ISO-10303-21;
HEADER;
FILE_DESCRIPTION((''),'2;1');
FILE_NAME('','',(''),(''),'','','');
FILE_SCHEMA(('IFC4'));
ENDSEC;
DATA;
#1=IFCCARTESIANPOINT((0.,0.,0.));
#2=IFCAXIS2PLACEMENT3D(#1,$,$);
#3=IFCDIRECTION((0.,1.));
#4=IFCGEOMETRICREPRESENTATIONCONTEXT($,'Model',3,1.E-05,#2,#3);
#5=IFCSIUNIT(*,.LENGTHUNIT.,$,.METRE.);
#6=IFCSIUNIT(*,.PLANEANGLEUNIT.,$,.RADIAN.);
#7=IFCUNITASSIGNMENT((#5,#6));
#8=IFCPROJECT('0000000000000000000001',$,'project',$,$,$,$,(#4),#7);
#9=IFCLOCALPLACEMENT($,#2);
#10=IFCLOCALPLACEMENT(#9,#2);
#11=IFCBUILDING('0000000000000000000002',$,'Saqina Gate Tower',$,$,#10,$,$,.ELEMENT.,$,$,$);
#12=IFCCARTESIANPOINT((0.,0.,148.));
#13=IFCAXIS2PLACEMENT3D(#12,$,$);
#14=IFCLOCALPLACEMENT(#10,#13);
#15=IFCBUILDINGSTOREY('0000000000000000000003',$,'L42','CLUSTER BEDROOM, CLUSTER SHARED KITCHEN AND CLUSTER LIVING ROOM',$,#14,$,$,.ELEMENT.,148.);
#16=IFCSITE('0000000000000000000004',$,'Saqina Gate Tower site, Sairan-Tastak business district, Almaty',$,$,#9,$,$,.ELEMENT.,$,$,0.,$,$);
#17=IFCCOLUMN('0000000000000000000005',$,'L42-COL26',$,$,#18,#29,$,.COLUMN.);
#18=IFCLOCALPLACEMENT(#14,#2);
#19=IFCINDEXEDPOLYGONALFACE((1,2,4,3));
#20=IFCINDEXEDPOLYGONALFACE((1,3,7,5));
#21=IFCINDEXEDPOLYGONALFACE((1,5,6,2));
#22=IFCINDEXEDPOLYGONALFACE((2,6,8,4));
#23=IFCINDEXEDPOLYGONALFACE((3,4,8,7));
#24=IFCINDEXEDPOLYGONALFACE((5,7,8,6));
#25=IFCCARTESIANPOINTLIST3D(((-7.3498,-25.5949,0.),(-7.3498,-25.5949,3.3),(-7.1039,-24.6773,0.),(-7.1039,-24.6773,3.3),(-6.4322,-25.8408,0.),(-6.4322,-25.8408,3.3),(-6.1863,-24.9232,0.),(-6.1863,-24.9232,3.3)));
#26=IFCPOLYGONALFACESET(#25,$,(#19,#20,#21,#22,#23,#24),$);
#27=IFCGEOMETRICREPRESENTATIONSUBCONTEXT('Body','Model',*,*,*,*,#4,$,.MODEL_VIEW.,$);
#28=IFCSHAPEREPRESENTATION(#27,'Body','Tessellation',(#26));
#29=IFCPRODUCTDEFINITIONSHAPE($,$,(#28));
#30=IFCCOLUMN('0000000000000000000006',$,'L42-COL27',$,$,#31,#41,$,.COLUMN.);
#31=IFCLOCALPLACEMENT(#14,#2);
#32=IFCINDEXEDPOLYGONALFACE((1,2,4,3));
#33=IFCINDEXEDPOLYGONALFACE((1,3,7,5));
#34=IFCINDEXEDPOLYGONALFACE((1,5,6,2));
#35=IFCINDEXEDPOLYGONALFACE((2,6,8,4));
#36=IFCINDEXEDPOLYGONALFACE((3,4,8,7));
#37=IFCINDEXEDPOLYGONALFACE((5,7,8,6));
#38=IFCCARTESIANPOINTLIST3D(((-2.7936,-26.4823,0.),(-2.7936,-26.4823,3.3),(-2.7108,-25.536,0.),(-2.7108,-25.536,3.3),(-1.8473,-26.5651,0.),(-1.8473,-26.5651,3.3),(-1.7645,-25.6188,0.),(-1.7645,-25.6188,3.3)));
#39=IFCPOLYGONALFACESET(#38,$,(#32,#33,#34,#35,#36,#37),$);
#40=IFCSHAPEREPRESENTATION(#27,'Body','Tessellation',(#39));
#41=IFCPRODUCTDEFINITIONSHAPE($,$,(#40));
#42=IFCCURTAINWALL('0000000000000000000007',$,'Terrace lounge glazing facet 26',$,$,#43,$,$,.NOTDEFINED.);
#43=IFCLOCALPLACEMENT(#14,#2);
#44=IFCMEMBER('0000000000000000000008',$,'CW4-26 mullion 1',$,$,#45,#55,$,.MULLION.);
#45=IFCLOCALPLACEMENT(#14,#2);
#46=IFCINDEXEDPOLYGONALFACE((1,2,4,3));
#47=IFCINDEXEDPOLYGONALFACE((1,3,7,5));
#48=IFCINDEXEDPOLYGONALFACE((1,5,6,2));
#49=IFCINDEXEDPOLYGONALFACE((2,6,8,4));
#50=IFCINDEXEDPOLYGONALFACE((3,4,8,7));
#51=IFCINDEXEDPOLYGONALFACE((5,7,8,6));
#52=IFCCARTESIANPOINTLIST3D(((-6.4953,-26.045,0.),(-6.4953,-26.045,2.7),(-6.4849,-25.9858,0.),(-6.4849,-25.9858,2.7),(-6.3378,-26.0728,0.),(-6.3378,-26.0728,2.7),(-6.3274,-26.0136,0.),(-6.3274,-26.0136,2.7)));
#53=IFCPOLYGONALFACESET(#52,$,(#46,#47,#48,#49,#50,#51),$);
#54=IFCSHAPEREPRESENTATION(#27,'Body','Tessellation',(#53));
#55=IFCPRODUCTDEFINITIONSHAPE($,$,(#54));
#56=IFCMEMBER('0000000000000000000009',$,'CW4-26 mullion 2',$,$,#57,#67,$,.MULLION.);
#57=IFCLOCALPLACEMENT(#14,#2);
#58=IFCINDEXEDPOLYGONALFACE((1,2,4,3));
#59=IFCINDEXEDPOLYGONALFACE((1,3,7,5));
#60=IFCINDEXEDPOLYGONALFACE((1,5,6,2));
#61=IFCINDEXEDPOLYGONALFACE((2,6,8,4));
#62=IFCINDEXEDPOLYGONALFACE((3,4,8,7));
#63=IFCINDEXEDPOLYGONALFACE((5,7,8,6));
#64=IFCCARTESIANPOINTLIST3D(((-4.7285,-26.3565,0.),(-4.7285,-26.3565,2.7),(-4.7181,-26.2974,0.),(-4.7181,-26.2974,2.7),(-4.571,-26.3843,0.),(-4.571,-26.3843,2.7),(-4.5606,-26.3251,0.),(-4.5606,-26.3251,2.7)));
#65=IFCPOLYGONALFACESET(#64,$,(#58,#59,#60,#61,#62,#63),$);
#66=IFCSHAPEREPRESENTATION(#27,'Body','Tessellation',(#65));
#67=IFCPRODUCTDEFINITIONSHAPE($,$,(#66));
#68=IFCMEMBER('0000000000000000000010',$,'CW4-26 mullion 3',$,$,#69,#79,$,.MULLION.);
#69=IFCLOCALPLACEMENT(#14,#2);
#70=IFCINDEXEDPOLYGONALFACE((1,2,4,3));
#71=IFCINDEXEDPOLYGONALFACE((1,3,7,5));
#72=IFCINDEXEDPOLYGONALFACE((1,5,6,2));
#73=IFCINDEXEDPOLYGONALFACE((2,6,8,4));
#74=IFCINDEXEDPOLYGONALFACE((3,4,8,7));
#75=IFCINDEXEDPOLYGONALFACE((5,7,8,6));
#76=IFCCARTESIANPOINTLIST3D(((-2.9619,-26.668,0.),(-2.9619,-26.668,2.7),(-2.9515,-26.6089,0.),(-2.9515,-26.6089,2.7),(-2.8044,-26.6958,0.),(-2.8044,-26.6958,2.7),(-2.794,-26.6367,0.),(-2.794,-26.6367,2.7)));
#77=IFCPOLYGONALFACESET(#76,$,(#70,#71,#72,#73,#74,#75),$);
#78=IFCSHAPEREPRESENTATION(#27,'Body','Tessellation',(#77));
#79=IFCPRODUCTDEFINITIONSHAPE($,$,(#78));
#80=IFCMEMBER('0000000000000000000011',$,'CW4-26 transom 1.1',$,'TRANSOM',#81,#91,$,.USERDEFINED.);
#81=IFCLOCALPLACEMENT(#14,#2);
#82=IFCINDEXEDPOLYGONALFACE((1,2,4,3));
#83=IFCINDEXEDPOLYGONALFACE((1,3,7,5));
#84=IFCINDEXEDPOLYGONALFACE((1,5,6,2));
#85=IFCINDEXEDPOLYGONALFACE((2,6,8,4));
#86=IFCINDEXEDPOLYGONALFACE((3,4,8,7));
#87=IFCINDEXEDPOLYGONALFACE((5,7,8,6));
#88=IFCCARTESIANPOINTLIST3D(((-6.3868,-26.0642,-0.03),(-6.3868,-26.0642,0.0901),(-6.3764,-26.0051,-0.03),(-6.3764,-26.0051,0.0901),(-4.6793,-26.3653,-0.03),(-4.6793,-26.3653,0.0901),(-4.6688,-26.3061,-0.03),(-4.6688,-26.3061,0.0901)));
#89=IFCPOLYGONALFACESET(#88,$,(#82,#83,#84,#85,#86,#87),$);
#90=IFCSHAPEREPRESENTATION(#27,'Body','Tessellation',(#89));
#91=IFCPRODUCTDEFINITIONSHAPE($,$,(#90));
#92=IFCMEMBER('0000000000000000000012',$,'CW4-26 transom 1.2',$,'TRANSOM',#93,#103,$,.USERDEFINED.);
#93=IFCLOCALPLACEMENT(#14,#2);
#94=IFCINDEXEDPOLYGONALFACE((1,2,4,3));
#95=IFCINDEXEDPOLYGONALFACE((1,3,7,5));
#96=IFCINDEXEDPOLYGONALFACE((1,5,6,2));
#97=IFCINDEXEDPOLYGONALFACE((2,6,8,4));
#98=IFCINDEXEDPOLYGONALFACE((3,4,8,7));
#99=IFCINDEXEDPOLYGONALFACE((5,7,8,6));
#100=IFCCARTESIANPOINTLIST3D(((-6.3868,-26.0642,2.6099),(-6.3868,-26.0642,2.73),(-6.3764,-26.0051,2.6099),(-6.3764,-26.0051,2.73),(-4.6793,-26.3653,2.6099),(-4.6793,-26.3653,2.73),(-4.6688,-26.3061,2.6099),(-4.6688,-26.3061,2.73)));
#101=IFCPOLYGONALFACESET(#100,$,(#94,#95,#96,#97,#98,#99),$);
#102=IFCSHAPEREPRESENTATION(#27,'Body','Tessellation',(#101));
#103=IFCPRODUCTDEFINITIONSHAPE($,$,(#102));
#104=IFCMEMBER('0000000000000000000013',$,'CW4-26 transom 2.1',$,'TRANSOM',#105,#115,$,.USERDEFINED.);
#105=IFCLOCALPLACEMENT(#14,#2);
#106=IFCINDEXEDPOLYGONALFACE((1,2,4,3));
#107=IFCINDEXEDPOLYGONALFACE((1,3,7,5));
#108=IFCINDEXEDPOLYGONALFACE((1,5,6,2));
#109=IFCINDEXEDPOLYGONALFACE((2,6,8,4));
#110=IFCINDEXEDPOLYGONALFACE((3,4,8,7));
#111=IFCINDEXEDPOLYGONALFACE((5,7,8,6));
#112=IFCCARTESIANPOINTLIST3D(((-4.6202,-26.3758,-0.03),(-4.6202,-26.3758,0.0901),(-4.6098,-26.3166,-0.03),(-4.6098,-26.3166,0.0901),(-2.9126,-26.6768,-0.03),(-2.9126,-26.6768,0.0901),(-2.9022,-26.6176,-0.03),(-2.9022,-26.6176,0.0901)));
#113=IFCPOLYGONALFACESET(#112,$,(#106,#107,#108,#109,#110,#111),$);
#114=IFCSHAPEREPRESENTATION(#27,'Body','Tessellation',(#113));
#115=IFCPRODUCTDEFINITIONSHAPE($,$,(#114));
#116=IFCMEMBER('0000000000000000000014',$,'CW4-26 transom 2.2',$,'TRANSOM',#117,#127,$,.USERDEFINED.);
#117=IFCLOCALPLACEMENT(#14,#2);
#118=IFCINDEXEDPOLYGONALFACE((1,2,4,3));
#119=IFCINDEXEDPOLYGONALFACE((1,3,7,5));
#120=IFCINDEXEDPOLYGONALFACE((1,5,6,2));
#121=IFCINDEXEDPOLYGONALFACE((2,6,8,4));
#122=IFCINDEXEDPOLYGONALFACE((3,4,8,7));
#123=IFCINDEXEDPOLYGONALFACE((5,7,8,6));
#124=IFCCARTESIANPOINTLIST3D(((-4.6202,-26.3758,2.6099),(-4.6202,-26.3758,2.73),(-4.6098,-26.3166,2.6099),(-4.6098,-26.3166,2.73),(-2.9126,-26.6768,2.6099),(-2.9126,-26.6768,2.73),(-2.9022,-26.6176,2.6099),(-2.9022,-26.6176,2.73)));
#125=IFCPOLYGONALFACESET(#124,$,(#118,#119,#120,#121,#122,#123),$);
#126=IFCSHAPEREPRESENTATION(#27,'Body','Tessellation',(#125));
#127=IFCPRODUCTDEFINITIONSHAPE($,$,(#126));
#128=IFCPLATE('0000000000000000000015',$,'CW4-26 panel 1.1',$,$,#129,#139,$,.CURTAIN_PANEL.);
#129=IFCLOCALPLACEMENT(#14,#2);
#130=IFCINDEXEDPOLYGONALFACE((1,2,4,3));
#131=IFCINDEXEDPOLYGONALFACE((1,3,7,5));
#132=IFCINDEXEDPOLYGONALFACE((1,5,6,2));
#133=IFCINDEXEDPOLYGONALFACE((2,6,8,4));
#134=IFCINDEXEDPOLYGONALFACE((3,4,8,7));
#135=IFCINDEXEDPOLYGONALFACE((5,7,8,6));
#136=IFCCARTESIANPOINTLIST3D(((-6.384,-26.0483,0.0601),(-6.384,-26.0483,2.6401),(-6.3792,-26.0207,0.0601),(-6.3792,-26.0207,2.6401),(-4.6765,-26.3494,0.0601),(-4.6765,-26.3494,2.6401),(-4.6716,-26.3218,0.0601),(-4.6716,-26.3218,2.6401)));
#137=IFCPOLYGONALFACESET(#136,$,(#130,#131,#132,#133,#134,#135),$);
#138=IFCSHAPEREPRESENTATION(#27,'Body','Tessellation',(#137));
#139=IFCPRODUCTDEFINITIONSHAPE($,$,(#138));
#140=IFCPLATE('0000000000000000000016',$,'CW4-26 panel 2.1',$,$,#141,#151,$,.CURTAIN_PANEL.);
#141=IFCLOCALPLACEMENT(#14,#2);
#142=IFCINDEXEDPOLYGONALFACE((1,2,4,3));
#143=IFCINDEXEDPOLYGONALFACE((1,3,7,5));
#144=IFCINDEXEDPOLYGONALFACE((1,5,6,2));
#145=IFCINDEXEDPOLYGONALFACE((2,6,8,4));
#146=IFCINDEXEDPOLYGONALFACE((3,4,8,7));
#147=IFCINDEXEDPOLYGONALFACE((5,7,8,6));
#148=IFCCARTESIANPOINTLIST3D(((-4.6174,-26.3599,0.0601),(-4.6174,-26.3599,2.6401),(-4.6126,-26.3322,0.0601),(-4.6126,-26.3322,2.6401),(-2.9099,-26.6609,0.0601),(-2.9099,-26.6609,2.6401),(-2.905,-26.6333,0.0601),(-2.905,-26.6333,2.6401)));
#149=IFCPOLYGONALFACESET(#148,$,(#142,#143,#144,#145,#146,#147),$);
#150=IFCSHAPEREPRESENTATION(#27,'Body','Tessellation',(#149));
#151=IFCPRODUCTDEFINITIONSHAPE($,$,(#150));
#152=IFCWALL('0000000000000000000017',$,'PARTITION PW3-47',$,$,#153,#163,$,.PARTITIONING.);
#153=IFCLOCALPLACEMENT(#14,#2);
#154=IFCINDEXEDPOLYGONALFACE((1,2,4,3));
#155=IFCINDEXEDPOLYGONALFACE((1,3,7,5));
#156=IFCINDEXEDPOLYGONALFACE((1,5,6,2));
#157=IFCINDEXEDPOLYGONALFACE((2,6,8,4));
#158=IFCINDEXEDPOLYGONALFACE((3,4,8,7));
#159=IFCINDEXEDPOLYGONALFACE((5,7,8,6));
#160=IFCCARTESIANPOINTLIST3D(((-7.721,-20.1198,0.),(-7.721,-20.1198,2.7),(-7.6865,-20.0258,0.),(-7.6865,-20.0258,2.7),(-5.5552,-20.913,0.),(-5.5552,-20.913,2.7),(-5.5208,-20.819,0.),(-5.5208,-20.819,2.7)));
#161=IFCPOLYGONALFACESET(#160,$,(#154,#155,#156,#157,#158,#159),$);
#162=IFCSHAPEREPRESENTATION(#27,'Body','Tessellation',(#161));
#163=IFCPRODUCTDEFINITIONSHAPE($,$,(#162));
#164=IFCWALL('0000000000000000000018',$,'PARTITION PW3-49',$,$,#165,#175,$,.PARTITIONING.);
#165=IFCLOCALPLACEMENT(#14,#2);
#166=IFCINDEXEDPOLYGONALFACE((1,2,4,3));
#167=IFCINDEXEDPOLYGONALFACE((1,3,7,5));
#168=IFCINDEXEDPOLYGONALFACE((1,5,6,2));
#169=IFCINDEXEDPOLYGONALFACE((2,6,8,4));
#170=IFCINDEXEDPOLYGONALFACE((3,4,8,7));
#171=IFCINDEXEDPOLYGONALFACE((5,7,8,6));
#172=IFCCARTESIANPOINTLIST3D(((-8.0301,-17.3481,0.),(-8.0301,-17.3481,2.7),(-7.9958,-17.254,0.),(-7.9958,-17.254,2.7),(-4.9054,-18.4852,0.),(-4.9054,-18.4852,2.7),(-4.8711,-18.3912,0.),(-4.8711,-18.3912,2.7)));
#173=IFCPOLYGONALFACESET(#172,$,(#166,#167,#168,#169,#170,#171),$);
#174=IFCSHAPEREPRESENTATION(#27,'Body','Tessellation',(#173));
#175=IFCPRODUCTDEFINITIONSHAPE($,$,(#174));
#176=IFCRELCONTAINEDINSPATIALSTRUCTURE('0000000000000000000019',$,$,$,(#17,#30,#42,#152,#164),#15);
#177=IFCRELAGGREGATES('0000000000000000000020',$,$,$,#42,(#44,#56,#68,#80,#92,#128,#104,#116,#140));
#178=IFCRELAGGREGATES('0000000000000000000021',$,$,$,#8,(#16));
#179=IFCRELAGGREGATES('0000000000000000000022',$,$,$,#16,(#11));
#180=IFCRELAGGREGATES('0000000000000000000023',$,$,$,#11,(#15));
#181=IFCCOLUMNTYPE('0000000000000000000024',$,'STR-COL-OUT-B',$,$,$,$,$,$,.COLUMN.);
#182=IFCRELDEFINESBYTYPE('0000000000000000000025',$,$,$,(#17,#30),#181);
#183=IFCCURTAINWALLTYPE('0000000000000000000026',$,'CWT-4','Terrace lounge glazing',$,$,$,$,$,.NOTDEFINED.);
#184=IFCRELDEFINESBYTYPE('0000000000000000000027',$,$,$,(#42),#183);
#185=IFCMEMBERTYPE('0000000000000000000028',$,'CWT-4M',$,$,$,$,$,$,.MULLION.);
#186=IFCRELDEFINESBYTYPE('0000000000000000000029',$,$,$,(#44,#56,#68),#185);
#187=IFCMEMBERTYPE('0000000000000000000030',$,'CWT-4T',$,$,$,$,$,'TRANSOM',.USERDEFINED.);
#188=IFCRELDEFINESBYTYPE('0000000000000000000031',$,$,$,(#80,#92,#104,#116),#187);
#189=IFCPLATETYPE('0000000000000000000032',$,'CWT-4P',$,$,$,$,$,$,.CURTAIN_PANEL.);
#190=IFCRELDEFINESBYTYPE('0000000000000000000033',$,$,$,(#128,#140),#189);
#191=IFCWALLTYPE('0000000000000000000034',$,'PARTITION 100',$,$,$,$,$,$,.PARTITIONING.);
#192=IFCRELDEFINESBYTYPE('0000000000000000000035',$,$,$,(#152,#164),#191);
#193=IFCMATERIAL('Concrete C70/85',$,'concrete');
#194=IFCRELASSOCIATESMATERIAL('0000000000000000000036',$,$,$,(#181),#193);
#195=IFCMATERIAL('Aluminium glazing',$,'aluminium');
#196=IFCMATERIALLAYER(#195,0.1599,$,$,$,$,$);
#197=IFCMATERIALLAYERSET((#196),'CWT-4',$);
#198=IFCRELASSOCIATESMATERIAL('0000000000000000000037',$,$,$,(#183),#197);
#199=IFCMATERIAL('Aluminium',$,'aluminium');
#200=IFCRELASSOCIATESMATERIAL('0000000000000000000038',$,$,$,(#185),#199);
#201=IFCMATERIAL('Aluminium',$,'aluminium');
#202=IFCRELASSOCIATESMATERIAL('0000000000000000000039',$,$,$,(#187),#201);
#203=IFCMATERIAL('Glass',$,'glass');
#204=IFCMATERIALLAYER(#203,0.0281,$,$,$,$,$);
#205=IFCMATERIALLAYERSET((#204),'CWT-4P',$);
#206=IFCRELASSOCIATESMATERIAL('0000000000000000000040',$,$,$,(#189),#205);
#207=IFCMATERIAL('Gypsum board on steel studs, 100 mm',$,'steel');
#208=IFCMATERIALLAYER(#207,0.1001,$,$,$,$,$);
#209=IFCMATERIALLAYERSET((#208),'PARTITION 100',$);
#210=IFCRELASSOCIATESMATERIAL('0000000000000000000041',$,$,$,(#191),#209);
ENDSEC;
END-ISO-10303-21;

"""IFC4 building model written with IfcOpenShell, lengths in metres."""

from ifc_helpers import new_model, si_unit, direction, frame, frame_2d, origin, origin_2d, place, context, subcontext, project, spatial, rectangle, extrude, material, layer, layer_set, material_profile, profile_set, type_object, element, aggregate, save


model = new_model("IFC4")

# Units and contexts
model_context = context("Model", 3, precision=1e-05, world=origin(), true_north=direction((0.0, 1.0)))
body_context = subcontext(model_context, "Body", "Model", "MODEL_VIEW")
ifc_project = project(units=[si_unit("LENGTHUNIT", "METRE"), si_unit("PLANEANGLEUNIT", "RADIAN")], contexts=[model_context])

# Site, building, storey
site_placement = place(None, origin())
site = spatial("IfcSite", under=ifc_project, at=site_placement, Name="Saqina Gate Tower site, Sairan-Tastak business district, Almaty", CompositionType="ELEMENT", RefElevation=0.0)
building_placement = place(site_placement, origin())
building = spatial("IfcBuilding", under=site, at=building_placement, Name="Saqina Gate Tower", CompositionType="ELEMENT")
storey_placement = place(building_placement, frame((0.0, 0.0, 148.0)))
storey = spatial("IfcBuildingStorey", under=building, at=storey_placement, Name="L42", Description="CLUSTER BEDROOM, CLUSTER SHARED KITCHEN AND CLUSTER LIVING ROOM", CompositionType="ELEMENT", Elevation=148.0)

# Columns
ifc_material_1 = material(Name="Concrete C70/85", Category="concrete")
ifc_material_profile_1 = material_profile(ifc_material_1, rectangle(XDim=0.95, YDim=0.95, at=origin_2d()), Name="RC 950x950")
ifc_profile_set_1 = profile_set([ifc_material_profile_1], Name="Concrete C70/85")
column_type = type_object("IfcColumnType", Name="STR-COL-OUT-B", PredefinedType="COLUMN", material=ifc_profile_set_1)
for number, where, z_axis, x_axis, name in (
    (1, (-6.7681, -25.259, 0.0), (0.0, 0.0, 1.0), (-0.258819, -0.965926, 0.0), "L42-COL26"),
    (2, (-2.2791, -26.0505, 0.0), (0.0, 0.0, 1.0), (-0.087156, -0.996195, 0.0), "L42-COL27"),
):
    element("IfcColumn", number, at=place(storey_placement, frame(where, z_axis=z_axis, x_axis=x_axis)), inside=storey, type_object=column_type, Name=name, PredefinedType="COLUMN", context=body_context, shape_type="SweptSolid", body=[
        extrude(rectangle(XDim=0.95, YDim=0.95, at=origin_2d()), origin(), (0.0, 0.0, 1.0), 3.3),
    ])

# Curtain wall, members, plates
ifc_material_2 = material(Name="Aluminium glazing", Category="aluminium")
ifc_layer_1 = layer(ifc_material_2, 0.1599)
ifc_layer_set_1 = layer_set([ifc_layer_1], Name="CWT-4")
curtain_wall_type = type_object("IfcCurtainWallType", Name="CWT-4", Description="Terrace lounge glazing", PredefinedType="NOTDEFINED", material=ifc_layer_set_1)
curtain_wall_placement = place(storey_placement, origin())
curtain_wall = element("IfcCurtainWall", 3, at=curtain_wall_placement, inside=storey, type_object=curtain_wall_type, Name="Terrace lounge glazing facet 26", PredefinedType="NOTDEFINED")
ifc_material_3 = material(Name="Aluminium", Category="aluminium")
ifc_material_profile_2 = material_profile(ifc_material_3, rectangle(XDim=0.0601, YDim=0.1599, at=origin_2d()), Name="Aluminium 60x160")
ifc_profile_set_2 = profile_set([ifc_material_profile_2], Name="Aluminium")
member_type_1 = type_object("IfcMemberType", Name="CWT-4M", PredefinedType="MULLION", material=ifc_profile_set_2)
member_1_placement = place(storey_placement, frame((-6.4114, -26.0293, 0.0), z_axis=(0.0, 0.0, 1.0), x_axis=(0.173638, 0.984809, 0.0)))
member_1 = element("IfcMember", 4, at=member_1_placement, type_object=member_type_1, Name="CW4-26 mullion 1", PredefinedType="MULLION", context=body_context, shape_type="SweptSolid", body=[
    extrude(rectangle(XDim=0.0601, YDim=0.1599, at=origin_2d()), origin(), (0.0, 0.0, 1.0), 2.7),
])
member_2_placement = place(storey_placement, frame((-4.6445, -26.3408, 0.0), z_axis=(0.0, 0.0, 1.0), x_axis=(0.173638, 0.984809, 0.0)))
member_2 = element("IfcMember", 5, at=member_2_placement, type_object=member_type_1, Name="CW4-26 mullion 2", PredefinedType="MULLION", context=body_context, shape_type="SweptSolid", body=[
    extrude(rectangle(XDim=0.0601, YDim=0.1599, at=origin_2d()), origin(), (0.0, 0.0, 1.0), 2.7),
])
member_3_placement = place(storey_placement, frame((-2.8779, -26.6523, 0.0), z_axis=(0.0, 0.0, 1.0), x_axis=(0.173638, 0.984809, 0.0)))
member_3 = element("IfcMember", 6, at=member_3_placement, type_object=member_type_1, Name="CW4-26 mullion 3", PredefinedType="MULLION", context=body_context, shape_type="SweptSolid", body=[
    extrude(rectangle(XDim=0.0601, YDim=0.1599, at=origin_2d()), origin(), (0.0, 0.0, 1.0), 2.7),
])
ifc_material_4 = material(Name="Aluminium", Category="aluminium")
ifc_material_profile_3 = material_profile(ifc_material_4, rectangle(XDim=0.0601, YDim=0.1201, at=origin_2d()), Name="Aluminium 60x120")
ifc_profile_set_3 = profile_set([ifc_material_profile_3], Name="Aluminium")
member_type_2 = type_object("IfcMemberType", Name="CWT-4T", ElementType="TRANSOM", PredefinedType="USERDEFINED", material=ifc_profile_set_3)
member_4_placement = place(storey_placement, frame((-6.3816, -26.0347, 0.03), z_axis=(0.984813, -0.173617, 0.0), x_axis=(0.173617, 0.984813, 0.0)))
member_4 = element("IfcMember", 7, at=member_4_placement, type_object=member_type_2, Name="CW4-26 transom 1.1", ObjectType="TRANSOM", PredefinedType="USERDEFINED", context=body_context, shape_type="SweptSolid", body=[
    extrude(rectangle(XDim=0.0601, YDim=0.1201, at=origin_2d()), origin(), (0.0, 0.0, 1.0), 1.7339),
])
member_5_placement = place(storey_placement, frame((-6.3816, -26.0347, 2.6699), z_axis=(0.984813, -0.173617, 0.0), x_axis=(0.173617, 0.984813, 0.0)))
member_5 = element("IfcMember", 8, at=member_5_placement, type_object=member_type_2, Name="CW4-26 transom 1.2", ObjectType="TRANSOM", PredefinedType="USERDEFINED", context=body_context, shape_type="SweptSolid", body=[
    extrude(rectangle(XDim=0.0601, YDim=0.1201, at=origin_2d()), origin(), (0.0, 0.0, 1.0), 1.7339),
])
member_6_placement = place(storey_placement, frame((-4.615, -26.3462, 0.03), z_axis=(0.984813, -0.173617, 0.0), x_axis=(0.173617, 0.984813, 0.0)))
member_6 = element("IfcMember", 9, at=member_6_placement, type_object=member_type_2, Name="CW4-26 transom 2.1", ObjectType="TRANSOM", PredefinedType="USERDEFINED", context=body_context, shape_type="SweptSolid", body=[
    extrude(rectangle(XDim=0.0601, YDim=0.1201, at=origin_2d()), origin(), (0.0, 0.0, 1.0), 1.7339),
])
member_7_placement = place(storey_placement, frame((-4.615, -26.3462, 2.6699), z_axis=(0.984813, -0.173617, 0.0), x_axis=(0.173617, 0.984813, 0.0)))
member_7 = element("IfcMember", 10, at=member_7_placement, type_object=member_type_2, Name="CW4-26 transom 2.2", ObjectType="TRANSOM", PredefinedType="USERDEFINED", context=body_context, shape_type="SweptSolid", body=[
    extrude(rectangle(XDim=0.0601, YDim=0.1201, at=origin_2d()), origin(), (0.0, 0.0, 1.0), 1.7339),
])
ifc_material_5 = material(Name="Glass", Category="glass")
ifc_layer_2 = layer(ifc_material_5, 0.0281)
ifc_layer_set_2 = layer_set([ifc_layer_2], Name="CWT-4P")
plate_type = type_object("IfcPlateType", Name="CWT-4P", PredefinedType="CURTAIN_PANEL", material=ifc_layer_set_2)
plate_1_placement = place(storey_placement, frame((-5.5278, -26.1851, 0.0601), z_axis=(0.0, 0.0, 1.0), x_axis=(0.984809, -0.173638, 0.0)))
plate_1 = element("IfcPlate", 11, at=plate_1_placement, type_object=plate_type, Name="CW4-26 panel 1.1", PredefinedType="CURTAIN_PANEL", context=body_context, shape_type="SweptSolid", body=[
    extrude(rectangle(XDim=1.7339, YDim=0.0281, at=origin_2d()), origin(), (0.0, 0.0, 1.0), 2.5801),
])
plate_2_placement = place(storey_placement, frame((-3.7612, -26.4966, 0.0601), z_axis=(0.0, 0.0, 1.0), x_axis=(0.984809, -0.173638, 0.0)))
plate_2 = element("IfcPlate", 12, at=plate_2_placement, type_object=plate_type, Name="CW4-26 panel 2.1", PredefinedType="CURTAIN_PANEL", context=body_context, shape_type="SweptSolid", body=[
    extrude(rectangle(XDim=1.7339, YDim=0.0281, at=origin_2d()), origin(), (0.0, 0.0, 1.0), 2.5801),
])
aggregate(curtain_wall, [member_1, member_2, member_3, member_4, member_5, plate_1, member_6, member_7, plate_2])

# Walls
ifc_material_6 = material(Name="Gypsum board on steel studs, 100 mm", Category="steel")
ifc_layer_3 = layer(ifc_material_6, 0.1001)
ifc_layer_set_3 = layer_set([ifc_layer_3], Name="PARTITION 100")
wall_type_1 = type_object("IfcWallType", Name="PARTITION 100", PredefinedType="PARTITIONING", material=ifc_layer_set_3)
wall_1_placement = place(storey_placement, frame((-7.7039, -20.0728, 0.0), z_axis=(0.0, 0.0, 1.0), x_axis=(0.939003, -0.343909, 0.0)))
element("IfcWall", 13, at=wall_1_placement, inside=storey, type_object=wall_type_1, Name="PARTITION PW3-47", PredefinedType="PARTITIONING", context=body_context, shape_type="SweptSolid", body=[
    extrude(rectangle(XDim=2.3064, YDim=0.1001, at=frame_2d((1.1533, 0.0))), origin(), (0.0, 0.0, 1.0), 2.7),
])
wall_2_placement = place(storey_placement, frame((-8.0129, -17.301, 0.0), z_axis=(0.0, 0.0, 1.0), x_axis=(0.939703, -0.341991, 0.0)))
element("IfcWall", 14, at=wall_2_placement, inside=storey, type_object=wall_type_1, Name="PARTITION PW3-49", PredefinedType="PARTITIONING", context=body_context, shape_type="SweptSolid", body=[
    extrude(rectangle(XDim=3.3252, YDim=0.1001, at=frame_2d((1.6626, 0.0))), origin(), (0.0, 0.0, 1.0), 2.7),
])

save(model, "model.ifc")
